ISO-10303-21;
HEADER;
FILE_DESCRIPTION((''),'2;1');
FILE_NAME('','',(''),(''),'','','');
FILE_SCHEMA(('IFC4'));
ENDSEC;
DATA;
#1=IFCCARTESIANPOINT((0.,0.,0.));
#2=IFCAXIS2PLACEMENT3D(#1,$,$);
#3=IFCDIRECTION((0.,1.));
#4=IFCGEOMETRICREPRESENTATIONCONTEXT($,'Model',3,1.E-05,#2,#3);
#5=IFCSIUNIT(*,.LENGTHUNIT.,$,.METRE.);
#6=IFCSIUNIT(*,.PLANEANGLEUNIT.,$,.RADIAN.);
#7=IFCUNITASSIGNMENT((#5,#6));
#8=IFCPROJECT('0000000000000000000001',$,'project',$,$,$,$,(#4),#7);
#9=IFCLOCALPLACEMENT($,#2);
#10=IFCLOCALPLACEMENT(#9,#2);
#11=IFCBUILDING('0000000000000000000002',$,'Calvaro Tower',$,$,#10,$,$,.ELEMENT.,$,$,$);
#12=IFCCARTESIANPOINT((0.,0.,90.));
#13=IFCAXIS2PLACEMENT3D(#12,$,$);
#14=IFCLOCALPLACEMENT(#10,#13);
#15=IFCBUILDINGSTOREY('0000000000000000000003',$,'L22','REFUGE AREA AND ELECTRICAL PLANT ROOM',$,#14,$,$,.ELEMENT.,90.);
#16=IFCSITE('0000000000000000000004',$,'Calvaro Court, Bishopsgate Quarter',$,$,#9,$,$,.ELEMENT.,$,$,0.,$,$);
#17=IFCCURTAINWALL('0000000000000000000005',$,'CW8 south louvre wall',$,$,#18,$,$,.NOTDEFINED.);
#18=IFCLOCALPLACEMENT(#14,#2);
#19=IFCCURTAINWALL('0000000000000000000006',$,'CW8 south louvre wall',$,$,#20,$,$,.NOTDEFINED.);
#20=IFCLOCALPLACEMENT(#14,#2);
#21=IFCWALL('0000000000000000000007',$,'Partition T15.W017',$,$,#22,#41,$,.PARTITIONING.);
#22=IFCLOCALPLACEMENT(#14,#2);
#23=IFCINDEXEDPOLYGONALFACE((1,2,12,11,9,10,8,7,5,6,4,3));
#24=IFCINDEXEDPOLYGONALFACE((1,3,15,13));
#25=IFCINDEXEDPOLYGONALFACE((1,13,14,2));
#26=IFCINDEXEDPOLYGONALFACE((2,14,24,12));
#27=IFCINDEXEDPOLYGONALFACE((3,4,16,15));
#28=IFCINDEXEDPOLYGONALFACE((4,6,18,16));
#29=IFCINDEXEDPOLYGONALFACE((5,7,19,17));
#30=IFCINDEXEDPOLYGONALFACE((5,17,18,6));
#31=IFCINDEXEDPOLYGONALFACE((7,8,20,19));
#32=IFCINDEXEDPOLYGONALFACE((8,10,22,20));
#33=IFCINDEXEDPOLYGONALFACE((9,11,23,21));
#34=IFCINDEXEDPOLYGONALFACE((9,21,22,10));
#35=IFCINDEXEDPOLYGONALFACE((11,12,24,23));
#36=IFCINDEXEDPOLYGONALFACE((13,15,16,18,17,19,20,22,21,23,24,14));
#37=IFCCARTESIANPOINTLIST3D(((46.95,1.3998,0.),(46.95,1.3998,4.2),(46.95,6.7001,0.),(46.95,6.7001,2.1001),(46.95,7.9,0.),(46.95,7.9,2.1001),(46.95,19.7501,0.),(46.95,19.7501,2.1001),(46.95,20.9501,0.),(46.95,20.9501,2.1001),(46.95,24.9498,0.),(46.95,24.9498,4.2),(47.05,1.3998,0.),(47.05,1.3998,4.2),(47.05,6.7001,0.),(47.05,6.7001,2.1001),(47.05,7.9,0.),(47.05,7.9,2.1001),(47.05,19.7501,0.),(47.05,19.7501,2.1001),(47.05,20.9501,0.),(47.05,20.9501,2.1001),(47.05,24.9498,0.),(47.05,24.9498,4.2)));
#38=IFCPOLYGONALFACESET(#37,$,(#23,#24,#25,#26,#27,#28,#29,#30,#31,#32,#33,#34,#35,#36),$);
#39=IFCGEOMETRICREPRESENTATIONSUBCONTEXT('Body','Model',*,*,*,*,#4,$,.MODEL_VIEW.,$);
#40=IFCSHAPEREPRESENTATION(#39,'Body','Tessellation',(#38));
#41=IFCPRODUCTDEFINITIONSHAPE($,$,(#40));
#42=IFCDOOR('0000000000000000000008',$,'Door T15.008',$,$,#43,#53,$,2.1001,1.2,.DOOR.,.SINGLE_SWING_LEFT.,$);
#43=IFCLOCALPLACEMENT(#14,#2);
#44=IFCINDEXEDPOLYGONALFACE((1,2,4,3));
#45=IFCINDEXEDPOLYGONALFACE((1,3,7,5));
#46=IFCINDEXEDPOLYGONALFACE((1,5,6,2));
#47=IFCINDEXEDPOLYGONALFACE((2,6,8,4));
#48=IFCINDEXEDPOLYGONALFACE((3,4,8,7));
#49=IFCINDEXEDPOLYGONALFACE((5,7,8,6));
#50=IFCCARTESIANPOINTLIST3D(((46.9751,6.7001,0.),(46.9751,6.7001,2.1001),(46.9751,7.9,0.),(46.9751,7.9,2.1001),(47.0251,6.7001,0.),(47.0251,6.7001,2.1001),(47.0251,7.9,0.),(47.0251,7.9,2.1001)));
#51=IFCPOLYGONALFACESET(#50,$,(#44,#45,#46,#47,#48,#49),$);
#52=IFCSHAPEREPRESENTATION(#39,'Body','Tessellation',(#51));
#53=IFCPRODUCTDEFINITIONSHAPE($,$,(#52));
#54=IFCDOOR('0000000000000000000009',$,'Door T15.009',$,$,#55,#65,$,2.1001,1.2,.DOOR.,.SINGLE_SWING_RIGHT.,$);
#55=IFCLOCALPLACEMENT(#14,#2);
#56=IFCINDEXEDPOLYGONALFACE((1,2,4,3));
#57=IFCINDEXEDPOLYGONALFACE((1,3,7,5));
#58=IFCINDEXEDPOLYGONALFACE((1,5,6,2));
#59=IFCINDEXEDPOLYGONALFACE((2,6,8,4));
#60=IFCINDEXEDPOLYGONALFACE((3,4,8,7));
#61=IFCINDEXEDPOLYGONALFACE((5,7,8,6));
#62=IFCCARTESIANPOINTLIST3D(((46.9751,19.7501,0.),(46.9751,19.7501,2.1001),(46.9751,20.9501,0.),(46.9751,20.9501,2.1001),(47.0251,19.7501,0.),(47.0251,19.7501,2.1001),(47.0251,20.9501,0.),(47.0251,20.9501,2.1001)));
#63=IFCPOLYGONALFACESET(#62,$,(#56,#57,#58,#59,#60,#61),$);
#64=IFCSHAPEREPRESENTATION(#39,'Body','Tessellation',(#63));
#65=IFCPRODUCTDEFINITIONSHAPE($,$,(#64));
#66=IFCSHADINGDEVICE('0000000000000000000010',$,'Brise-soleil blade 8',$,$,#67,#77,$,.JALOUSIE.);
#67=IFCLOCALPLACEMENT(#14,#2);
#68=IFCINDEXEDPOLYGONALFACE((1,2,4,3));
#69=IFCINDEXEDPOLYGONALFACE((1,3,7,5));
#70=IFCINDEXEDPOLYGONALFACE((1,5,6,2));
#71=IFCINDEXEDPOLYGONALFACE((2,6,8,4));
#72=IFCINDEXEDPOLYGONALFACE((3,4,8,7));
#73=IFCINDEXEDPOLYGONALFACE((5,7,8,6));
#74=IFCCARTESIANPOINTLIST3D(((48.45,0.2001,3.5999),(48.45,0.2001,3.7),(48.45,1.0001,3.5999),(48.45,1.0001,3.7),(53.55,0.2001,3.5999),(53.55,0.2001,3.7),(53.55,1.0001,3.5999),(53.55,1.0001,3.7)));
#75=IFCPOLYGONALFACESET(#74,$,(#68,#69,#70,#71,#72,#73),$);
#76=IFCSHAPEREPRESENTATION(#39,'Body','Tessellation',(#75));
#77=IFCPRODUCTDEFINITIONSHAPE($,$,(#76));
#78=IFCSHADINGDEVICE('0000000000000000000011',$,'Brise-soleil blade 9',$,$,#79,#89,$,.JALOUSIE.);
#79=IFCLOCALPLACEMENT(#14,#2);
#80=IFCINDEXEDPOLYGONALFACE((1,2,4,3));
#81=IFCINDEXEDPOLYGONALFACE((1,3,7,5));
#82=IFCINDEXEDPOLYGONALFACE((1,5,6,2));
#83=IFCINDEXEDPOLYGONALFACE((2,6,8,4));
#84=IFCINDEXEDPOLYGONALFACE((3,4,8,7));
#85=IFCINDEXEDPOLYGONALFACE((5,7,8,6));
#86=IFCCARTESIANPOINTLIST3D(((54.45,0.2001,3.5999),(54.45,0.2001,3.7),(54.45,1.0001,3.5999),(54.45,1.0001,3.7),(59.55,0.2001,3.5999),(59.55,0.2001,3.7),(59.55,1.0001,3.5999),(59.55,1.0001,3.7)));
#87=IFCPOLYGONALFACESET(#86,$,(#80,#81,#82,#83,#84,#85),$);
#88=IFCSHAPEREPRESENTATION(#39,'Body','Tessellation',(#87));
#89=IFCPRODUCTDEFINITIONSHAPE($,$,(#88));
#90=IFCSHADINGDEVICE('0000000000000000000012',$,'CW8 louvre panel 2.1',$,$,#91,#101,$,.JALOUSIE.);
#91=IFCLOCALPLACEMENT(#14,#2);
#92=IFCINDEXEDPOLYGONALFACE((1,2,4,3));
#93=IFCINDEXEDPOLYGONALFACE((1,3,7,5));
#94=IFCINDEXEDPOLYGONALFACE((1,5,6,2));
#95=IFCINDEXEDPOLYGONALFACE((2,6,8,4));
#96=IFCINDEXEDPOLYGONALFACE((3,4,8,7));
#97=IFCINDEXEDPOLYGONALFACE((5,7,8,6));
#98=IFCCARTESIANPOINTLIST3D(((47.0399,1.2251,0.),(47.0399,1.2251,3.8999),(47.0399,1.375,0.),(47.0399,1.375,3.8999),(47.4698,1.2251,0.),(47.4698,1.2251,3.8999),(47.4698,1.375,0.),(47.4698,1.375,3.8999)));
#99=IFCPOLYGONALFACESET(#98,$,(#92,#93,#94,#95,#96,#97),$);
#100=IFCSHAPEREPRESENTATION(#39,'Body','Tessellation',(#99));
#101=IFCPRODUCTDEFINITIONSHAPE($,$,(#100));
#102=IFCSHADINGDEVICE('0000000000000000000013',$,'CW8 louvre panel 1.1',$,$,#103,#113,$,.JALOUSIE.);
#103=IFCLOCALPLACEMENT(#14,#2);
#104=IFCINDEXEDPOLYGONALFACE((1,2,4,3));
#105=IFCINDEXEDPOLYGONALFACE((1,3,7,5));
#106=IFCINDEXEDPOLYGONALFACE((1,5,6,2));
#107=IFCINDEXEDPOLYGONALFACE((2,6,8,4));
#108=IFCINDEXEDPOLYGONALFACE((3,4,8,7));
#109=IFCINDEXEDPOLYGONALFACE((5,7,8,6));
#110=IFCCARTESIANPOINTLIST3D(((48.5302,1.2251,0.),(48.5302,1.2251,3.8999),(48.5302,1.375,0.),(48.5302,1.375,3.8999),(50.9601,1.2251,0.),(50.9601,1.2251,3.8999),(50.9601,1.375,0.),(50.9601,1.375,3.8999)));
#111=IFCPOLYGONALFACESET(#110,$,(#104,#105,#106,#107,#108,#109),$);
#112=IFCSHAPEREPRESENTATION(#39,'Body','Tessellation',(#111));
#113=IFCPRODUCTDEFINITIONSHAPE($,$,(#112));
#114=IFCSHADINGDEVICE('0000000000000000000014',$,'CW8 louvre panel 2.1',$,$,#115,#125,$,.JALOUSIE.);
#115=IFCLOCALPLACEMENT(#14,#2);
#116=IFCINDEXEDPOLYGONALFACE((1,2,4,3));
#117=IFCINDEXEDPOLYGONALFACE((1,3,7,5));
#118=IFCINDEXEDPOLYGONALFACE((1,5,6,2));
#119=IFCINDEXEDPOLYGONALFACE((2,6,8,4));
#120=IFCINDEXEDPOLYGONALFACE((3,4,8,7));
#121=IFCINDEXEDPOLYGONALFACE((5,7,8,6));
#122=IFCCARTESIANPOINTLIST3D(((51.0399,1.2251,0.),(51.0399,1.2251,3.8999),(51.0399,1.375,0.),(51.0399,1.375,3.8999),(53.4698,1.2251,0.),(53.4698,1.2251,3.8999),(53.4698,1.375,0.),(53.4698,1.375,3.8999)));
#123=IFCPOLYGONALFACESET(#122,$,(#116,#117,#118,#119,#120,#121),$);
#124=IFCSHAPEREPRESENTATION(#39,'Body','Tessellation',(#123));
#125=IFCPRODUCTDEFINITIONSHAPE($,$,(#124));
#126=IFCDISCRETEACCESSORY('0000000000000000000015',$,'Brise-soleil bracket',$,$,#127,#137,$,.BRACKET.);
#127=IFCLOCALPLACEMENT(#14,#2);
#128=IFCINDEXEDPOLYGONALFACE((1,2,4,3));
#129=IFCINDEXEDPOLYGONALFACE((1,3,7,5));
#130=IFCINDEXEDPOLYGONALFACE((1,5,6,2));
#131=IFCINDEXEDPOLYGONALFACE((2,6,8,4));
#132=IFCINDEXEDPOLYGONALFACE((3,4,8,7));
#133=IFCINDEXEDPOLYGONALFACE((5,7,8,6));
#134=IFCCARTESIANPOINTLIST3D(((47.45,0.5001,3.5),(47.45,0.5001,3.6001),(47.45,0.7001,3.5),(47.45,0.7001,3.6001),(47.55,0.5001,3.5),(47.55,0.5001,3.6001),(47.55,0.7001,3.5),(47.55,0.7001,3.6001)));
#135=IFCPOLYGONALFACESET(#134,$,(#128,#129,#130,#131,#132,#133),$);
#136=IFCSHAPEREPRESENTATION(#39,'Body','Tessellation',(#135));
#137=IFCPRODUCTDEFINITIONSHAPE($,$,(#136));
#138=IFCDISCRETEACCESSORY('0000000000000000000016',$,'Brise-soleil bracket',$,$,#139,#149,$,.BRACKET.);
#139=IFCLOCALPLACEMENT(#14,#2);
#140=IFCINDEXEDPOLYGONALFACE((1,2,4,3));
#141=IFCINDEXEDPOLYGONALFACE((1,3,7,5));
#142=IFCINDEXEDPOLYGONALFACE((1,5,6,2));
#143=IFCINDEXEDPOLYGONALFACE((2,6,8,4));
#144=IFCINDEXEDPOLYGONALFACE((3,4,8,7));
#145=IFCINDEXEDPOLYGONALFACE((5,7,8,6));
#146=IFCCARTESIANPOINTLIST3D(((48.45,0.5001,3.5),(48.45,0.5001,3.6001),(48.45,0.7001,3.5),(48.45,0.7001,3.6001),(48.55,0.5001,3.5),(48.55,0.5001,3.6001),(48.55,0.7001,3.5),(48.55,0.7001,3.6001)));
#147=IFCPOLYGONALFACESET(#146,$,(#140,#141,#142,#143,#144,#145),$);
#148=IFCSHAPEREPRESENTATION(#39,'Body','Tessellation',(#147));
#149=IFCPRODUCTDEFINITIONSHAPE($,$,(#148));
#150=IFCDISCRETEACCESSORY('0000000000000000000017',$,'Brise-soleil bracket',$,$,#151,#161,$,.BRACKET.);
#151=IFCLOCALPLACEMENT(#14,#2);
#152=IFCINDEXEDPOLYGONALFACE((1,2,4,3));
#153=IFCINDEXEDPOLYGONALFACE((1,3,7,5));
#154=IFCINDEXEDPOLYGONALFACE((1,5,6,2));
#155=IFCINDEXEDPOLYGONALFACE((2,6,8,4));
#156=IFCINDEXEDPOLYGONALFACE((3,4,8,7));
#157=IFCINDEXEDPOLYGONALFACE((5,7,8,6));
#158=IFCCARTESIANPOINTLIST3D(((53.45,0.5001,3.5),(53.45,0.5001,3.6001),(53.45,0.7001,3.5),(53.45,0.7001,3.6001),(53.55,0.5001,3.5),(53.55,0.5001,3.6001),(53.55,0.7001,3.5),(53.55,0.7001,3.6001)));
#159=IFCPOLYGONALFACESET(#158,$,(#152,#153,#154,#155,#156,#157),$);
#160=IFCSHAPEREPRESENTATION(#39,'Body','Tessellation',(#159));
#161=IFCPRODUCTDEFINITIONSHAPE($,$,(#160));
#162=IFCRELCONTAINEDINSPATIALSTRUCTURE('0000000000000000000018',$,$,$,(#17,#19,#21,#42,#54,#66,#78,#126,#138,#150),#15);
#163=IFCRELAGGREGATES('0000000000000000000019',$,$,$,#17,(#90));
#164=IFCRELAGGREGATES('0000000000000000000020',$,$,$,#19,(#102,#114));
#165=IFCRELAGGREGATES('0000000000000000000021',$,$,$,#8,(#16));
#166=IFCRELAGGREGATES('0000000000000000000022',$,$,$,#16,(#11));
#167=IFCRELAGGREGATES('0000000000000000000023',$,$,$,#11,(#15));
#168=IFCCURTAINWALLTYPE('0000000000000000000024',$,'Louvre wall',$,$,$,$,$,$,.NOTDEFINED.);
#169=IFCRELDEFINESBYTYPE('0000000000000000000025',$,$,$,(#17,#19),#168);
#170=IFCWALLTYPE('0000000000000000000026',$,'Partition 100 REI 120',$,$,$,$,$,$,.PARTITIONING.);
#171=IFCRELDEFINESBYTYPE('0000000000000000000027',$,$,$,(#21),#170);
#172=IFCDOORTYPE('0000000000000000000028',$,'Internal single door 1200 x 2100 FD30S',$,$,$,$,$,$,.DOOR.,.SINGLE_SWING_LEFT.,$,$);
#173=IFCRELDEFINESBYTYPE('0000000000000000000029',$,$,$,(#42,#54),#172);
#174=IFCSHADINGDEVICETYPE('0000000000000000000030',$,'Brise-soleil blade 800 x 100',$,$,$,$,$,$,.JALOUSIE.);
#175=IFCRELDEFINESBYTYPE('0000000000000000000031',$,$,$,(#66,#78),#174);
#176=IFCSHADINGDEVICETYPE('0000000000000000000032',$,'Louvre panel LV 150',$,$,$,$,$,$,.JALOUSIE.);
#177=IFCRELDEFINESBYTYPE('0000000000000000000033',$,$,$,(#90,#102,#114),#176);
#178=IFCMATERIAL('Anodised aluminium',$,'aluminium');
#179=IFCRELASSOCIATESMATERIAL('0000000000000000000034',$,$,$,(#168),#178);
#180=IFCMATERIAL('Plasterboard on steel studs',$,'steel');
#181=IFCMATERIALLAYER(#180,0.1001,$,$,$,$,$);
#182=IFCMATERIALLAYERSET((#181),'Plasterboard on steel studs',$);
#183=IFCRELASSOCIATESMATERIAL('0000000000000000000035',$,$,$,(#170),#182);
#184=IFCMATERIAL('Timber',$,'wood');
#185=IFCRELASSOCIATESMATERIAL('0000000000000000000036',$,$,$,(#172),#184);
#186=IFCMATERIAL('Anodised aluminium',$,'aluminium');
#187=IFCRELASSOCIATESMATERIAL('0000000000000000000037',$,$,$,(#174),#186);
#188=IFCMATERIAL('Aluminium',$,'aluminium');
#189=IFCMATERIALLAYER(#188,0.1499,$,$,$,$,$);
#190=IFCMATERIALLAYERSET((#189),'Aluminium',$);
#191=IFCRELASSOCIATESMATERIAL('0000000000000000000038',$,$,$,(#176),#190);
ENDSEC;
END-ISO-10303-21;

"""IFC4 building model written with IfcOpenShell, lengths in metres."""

from ifc_helpers import new_model, si_unit, direction, frame, frame_2d, origin, origin_2d, place, context, subcontext, project, spatial, rectangle, extrude, material, layer, layer_set, material_profile, profile_set, type_object, element, fill, aggregate, save


model = new_model("IFC4")

# Units and contexts
model_context = context("Model", 3, precision=1e-05, world=origin(), true_north=direction((0.0, 1.0)))
body_context = subcontext(model_context, "Body", "Model", "MODEL_VIEW")
ifc_project = project(units=[si_unit("LENGTHUNIT", "METRE"), si_unit("PLANEANGLEUNIT", "RADIAN")], contexts=[model_context])

# Site, building, storey
site_placement = place(None, origin())
site = spatial("IfcSite", under=ifc_project, at=site_placement, Name="Calvaro Court, Bishopsgate Quarter", CompositionType="ELEMENT", RefElevation=0.0)
building_placement = place(site_placement, origin())
building = spatial("IfcBuilding", under=site, at=building_placement, Name="Calvaro Tower", CompositionType="ELEMENT")
storey_placement = place(building_placement, frame((0.0, 0.0, 90.0)))
storey = spatial("IfcBuildingStorey", under=building, at=storey_placement, Name="L22", Description="REFUGE AREA AND ELECTRICAL PLANT ROOM", CompositionType="ELEMENT", Elevation=90.0)

# Curtain wall
ifc_material_1 = material(Name="Anodised aluminium", Category="aluminium")
curtain_wall_type = type_object("IfcCurtainWallType", Name="Louvre wall", PredefinedType="NOTDEFINED", material=ifc_material_1)
curtain_wall_1_placement = place(storey_placement, origin())
curtain_wall_1 = element("IfcCurtainWall", 1, at=curtain_wall_1_placement, inside=storey, type_object=curtain_wall_type, Name="CW8 south louvre wall", PredefinedType="NOTDEFINED")

# Curtain wall
curtain_wall_2_placement = place(storey_placement, origin())
curtain_wall_2 = element("IfcCurtainWall", 2, at=curtain_wall_2_placement, inside=storey, type_object=curtain_wall_type, Name="CW8 south louvre wall", PredefinedType="NOTDEFINED")

# Wall, openings, doors
ifc_material_2 = material(Name="Plasterboard on steel studs", Category="steel")
ifc_layer_1 = layer(ifc_material_2, 0.1001)
ifc_layer_set_1 = layer_set([ifc_layer_1], Name="Plasterboard on steel studs")
wall_type = type_object("IfcWallType", Name="Partition 100 REI 120", PredefinedType="PARTITIONING", material=ifc_layer_set_1)
wall_placement = place(storey_placement, frame((47.0, 1.3999, 0.0), z_axis=(0.0, 0.0, 1.0), x_axis=(0.0, 1.0, 0.0)))
wall = element("IfcWall", 3, at=wall_placement, inside=storey, type_object=wall_type, Name="Partition T15.W017", PredefinedType="PARTITIONING", context=body_context, shape_type="SweptSolid", body=[
    extrude(rectangle(XDim=23.55, YDim=0.1001, at=frame_2d((11.7749, 0.0))), origin(), (0.0, 0.0, 1.0), 4.2),
])
opening_1_placement = place(wall_placement, frame((5.3, 0.0, 0.0)))
opening_1 = element("IfcOpeningElement", 4, at=opening_1_placement, cuts=wall, PredefinedType="OPENING", context=body_context, shape_type="SweptSolid", body=[
    extrude(rectangle(XDim=1.2, YDim=2.1001, at=frame_2d((0.6001, 1.05))), frame((0.0, 0.0601, 0.0), z_axis=(0.0, -1.0, 0.0), x_axis=(1.0, 0.0, 0.0)), (0.0, 0.0, 1.0), 0.1201),
])
opening_2_placement = place(wall_placement, frame((18.3501, 0.0, 0.0)))
opening_2 = element("IfcOpeningElement", 5, at=opening_2_placement, cuts=wall, PredefinedType="OPENING", context=body_context, shape_type="SweptSolid", body=[
    extrude(rectangle(XDim=1.2, YDim=2.1001, at=frame_2d((0.6001, 1.05))), frame((0.0, 0.0601, 0.0), z_axis=(0.0, -1.0, 0.0), x_axis=(1.0, 0.0, 0.0)), (0.0, 0.0, 1.0), 0.1201),
])
ifc_material_3 = material(Name="Timber", Category="wood")
door_type = type_object("IfcDoorType", Name="Internal single door 1200 x 2100 FD30S", OperationType="SINGLE_SWING_LEFT", PredefinedType="DOOR", material=ifc_material_3)
door_1_placement = place(opening_1_placement, origin())
door_1 = element("IfcDoor", 6, at=door_1_placement, inside=storey, type_object=door_type, Name="Door T15.008", OperationType="SINGLE_SWING_LEFT", OverallHeight=2.1001, OverallWidth=1.2, PredefinedType="DOOR", context=body_context, shape_type="SweptSolid", body=[
    extrude(rectangle(XDim=1.2, YDim=2.1001, at=frame_2d((0.6001, 1.05))), frame((0.0, 0.0249, 0.0), z_axis=(0.0, -1.0, 0.0), x_axis=(1.0, 0.0, 0.0)), (0.0, 0.0, 1.0), 0.05),
])
fill(opening_1, door_1)
door_2_placement = place(opening_2_placement, origin())
door_2 = element("IfcDoor", 7, at=door_2_placement, inside=storey, type_object=door_type, Name="Door T15.009", OperationType="SINGLE_SWING_RIGHT", OverallHeight=2.1001, OverallWidth=1.2, PredefinedType="DOOR", context=body_context, shape_type="SweptSolid", body=[
    extrude(rectangle(XDim=1.2, YDim=2.1001, at=frame_2d((0.6001, 1.05))), frame((0.0, 0.0249, 0.0), z_axis=(0.0, -1.0, 0.0), x_axis=(1.0, 0.0, 0.0)), (0.0, 0.0, 1.0), 0.05),
])
fill(opening_2, door_2)

# Shading devices
ifc_material_4 = material(Name="Anodised aluminium", Category="aluminium")
ifc_material_profile_1 = material_profile(ifc_material_4, rectangle(XDim=0.8, YDim=0.1001, at=origin_2d()), Name="Brise-soleil blade 800 x 100")
ifc_profile_set_1 = profile_set([ifc_material_profile_1], Name="Anodised aluminium")
shading_device_type_1 = type_object("IfcShadingDeviceType", Name="Brise-soleil blade 800 x 100", PredefinedType="JALOUSIE", material=ifc_profile_set_1)
for number, where, z_axis, x_axis, name in (
    (8, (48.45, 0.6001, 3.6499), (1.0, 0.0, 0.0), (0.0, 1.0, 0.0), "Brise-soleil blade 8"),
    (9, (54.45, 0.6001, 3.6499), (1.0, 0.0, 0.0), (0.0, 1.0, 0.0), "Brise-soleil blade 9"),
):
    element("IfcShadingDevice", number, at=place(storey_placement, frame(where, z_axis=z_axis, x_axis=x_axis)), inside=storey, type_object=shading_device_type_1, Name=name, PredefinedType="JALOUSIE", context=body_context, shape_type="SweptSolid", body=[
        extrude(rectangle(XDim=0.8, YDim=0.1001, at=origin_2d()), origin(), (0.0, 0.0, 1.0), 5.1001),
    ])

# Shading devices
ifc_material_5 = material(Name="Aluminium", Category="aluminium")
ifc_layer_2 = layer(ifc_material_5, 0.1499)
ifc_layer_set_2 = layer_set([ifc_layer_2], Name="Aluminium")
shading_device_type_2 = type_object("IfcShadingDeviceType", Name="Louvre panel LV 150", PredefinedType="JALOUSIE", material=ifc_layer_set_2)
shading_device_1_placement = place(storey_placement, frame((47.2549, 1.3, 0.0), z_axis=(0.0, 0.0, 1.0), x_axis=(1.0, 0.0, 0.0)))
shading_device_1 = element("IfcShadingDevice", 10, at=shading_device_1_placement, type_object=shading_device_type_2, Name="CW8 louvre panel 2.1", PredefinedType="JALOUSIE", context=body_context, shape_type="SweptSolid", body=[
    extrude(rectangle(XDim=0.4299, YDim=0.1499, at=origin_2d()), origin(), (0.0, 0.0, 1.0), 3.8999),
])
aggregate(curtain_wall_1, [shading_device_1])
shading_device_2_placement = place(storey_placement, frame((49.7451, 1.3, 0.0), z_axis=(0.0, 0.0, 1.0), x_axis=(1.0, 0.0, 0.0)))
shading_device_2 = element("IfcShadingDevice", 11, at=shading_device_2_placement, type_object=shading_device_type_2, Name="CW8 louvre panel 1.1", PredefinedType="JALOUSIE", context=body_context, shape_type="SweptSolid", body=[
    extrude(rectangle(XDim=2.4299, YDim=0.1499, at=origin_2d()), origin(), (0.0, 0.0, 1.0), 3.8999),
])
shading_device_3_placement = place(storey_placement, frame((52.2549, 1.3, 0.0), z_axis=(0.0, 0.0, 1.0), x_axis=(1.0, 0.0, 0.0)))
shading_device_3 = element("IfcShadingDevice", 12, at=shading_device_3_placement, type_object=shading_device_type_2, Name="CW8 louvre panel 2.1", PredefinedType="JALOUSIE", context=body_context, shape_type="SweptSolid", body=[
    extrude(rectangle(XDim=2.4299, YDim=0.1499, at=origin_2d()), origin(), (0.0, 0.0, 1.0), 3.8999),
])
aggregate(curtain_wall_2, [shading_device_2, shading_device_3])

# Discrete accessories
for number, where, z_axis, x_axis, name in (
    (13, (47.5, 0.6001, 3.5), (0.0, 0.0, 1.0), (1.0, 0.0, 0.0), "Brise-soleil bracket"),
    (14, (48.5, 0.6001, 3.5), (0.0, 0.0, 1.0), (1.0, 0.0, 0.0), "Brise-soleil bracket"),
    (15, (53.5, 0.6001, 3.5), (0.0, 0.0, 1.0), (1.0, 0.0, 0.0), "Brise-soleil bracket"),
):
    element("IfcDiscreteAccessory", number, at=place(storey_placement, frame(where, z_axis=z_axis, x_axis=x_axis)), inside=storey, Name=name, PredefinedType="BRACKET", context=body_context, shape_type="SweptSolid", body=[
        extrude(rectangle(XDim=0.1001, YDim=0.2, at=origin_2d()), origin(), (0.0, 0.0, 1.0), 0.1001),
    ])

save(model, "model.ifc")
